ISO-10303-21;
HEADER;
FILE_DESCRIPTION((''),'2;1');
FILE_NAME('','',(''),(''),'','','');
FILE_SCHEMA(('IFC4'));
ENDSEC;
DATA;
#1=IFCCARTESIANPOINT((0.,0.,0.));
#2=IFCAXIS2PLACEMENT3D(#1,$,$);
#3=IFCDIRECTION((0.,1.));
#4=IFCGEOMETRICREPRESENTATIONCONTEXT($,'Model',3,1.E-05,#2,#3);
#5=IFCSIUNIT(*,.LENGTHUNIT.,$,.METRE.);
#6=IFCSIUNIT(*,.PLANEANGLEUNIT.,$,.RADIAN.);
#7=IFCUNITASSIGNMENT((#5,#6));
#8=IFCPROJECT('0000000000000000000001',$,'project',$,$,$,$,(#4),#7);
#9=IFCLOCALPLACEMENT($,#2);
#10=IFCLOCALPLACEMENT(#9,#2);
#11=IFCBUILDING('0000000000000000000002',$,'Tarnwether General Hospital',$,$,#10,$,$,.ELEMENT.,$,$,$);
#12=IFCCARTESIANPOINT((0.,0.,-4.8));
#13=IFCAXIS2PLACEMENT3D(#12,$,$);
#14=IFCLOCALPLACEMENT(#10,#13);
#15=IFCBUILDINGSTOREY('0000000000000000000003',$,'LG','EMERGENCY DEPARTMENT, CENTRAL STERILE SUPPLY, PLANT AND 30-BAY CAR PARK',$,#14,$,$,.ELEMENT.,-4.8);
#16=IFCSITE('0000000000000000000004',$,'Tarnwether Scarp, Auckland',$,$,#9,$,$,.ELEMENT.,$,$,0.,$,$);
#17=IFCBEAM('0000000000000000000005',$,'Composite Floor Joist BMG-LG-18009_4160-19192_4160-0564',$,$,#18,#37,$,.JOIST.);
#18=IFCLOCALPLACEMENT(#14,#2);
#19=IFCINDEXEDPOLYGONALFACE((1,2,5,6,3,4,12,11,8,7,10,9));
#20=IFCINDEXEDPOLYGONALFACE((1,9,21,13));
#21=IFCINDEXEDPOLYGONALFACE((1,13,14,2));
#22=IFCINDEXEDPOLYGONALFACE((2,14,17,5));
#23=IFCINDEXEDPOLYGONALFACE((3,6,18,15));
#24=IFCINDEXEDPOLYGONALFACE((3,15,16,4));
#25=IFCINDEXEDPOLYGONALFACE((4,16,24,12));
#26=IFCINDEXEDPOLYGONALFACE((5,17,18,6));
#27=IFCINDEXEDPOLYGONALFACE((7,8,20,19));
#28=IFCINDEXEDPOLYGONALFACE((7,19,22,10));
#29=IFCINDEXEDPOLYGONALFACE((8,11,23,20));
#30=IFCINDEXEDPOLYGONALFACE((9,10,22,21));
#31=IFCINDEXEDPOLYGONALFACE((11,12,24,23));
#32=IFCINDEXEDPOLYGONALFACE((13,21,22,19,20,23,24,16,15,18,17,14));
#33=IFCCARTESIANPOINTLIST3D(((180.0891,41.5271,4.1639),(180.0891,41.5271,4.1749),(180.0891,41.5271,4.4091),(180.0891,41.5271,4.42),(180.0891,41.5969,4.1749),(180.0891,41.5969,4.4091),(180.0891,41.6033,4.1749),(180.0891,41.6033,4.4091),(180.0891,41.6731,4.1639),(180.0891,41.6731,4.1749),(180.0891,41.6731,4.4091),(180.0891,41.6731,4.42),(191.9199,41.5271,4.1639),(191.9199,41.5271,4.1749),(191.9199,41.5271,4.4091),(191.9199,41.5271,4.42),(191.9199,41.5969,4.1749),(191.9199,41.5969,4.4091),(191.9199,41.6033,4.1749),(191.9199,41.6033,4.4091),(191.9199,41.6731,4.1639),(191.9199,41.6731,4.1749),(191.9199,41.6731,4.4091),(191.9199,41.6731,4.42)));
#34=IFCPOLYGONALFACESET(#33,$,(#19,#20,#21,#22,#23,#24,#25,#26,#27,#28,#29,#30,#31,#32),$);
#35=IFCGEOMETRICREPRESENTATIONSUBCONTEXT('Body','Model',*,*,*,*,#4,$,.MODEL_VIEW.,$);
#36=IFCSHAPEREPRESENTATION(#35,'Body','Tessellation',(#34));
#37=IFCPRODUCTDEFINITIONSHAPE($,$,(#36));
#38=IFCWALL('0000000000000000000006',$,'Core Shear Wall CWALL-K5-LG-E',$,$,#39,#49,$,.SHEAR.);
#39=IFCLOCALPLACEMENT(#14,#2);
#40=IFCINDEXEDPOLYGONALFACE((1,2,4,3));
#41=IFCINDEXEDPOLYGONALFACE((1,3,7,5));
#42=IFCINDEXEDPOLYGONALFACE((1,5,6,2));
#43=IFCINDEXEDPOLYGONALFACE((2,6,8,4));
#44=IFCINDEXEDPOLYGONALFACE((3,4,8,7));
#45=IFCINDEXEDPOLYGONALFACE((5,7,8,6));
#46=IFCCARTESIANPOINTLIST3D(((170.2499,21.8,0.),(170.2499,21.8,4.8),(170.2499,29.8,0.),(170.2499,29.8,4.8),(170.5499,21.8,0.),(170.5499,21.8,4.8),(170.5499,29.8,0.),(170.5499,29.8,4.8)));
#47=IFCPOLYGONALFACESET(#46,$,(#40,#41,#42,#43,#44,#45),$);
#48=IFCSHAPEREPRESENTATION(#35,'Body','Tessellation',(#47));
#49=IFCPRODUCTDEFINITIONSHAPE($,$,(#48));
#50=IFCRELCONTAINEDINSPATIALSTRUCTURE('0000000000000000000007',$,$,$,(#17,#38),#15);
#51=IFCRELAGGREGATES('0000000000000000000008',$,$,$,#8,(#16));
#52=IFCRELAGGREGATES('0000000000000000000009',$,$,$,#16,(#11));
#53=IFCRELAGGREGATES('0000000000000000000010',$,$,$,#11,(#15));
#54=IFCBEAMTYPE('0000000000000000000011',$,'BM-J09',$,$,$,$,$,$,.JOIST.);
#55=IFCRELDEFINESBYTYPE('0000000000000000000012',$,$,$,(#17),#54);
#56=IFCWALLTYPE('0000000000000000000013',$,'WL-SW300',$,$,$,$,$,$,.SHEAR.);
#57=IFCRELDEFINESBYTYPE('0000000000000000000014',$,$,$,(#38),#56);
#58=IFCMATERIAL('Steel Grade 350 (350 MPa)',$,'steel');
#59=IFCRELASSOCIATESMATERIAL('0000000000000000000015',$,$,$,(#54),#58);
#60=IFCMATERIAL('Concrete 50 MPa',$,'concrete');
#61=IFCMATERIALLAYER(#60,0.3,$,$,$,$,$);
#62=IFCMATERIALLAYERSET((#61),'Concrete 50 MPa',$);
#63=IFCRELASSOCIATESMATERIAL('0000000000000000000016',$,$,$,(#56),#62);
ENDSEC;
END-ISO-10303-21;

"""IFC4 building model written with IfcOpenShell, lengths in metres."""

from ifc_helpers import new_model, si_unit, direction, frame, frame_2d, origin, origin_2d, place, context, subcontext, project, spatial, rectangle, i_section, extrude, material, layer, layer_set, material_profile, profile_set, type_object, element, save


model = new_model("IFC4")

# Units and contexts
model_context = context("Model", 3, precision=1e-05, world=origin(), true_north=direction((0.0, 1.0)))
body_context = subcontext(model_context, "Body", "Model", "MODEL_VIEW")
ifc_project = project(units=[si_unit("LENGTHUNIT", "METRE"), si_unit("PLANEANGLEUNIT", "RADIAN")], contexts=[model_context])

# Site, building, storey
site_placement = place(None, origin())
site = spatial("IfcSite", under=ifc_project, at=site_placement, Name="Tarnwether Scarp, Auckland", CompositionType="ELEMENT", RefElevation=0.0)
building_placement = place(site_placement, origin())
building = spatial("IfcBuilding", under=site, at=building_placement, Name="Tarnwether General Hospital", CompositionType="ELEMENT")
storey_placement = place(building_placement, frame((0.0, 0.0, -4.8)))
storey = spatial("IfcBuildingStorey", under=building, at=storey_placement, Name="LG", Description="EMERGENCY DEPARTMENT, CENTRAL STERILE SUPPLY, PLANT AND 30-BAY CAR PARK", CompositionType="ELEMENT", Elevation=-4.8)

# Beam
ifc_material_1 = material(Name="Steel Grade 350 (350 MPa)", Category="steel")
ifc_material_profile_1 = material_profile(ifc_material_1, i_section(OverallWidth=0.146, OverallDepth=0.2561, WebThickness=0.0063, FlangeThickness=0.011, at=origin_2d()), Name="250UB37.3")
ifc_profile_set_1 = profile_set([ifc_material_profile_1], Name="Steel Grade 350 (350 MPa)")
beam_type_1 = type_object("IfcBeamType", Name="BM-J09", PredefinedType="JOIST", material=ifc_profile_set_1)
beam_1_placement = place(storey_placement, frame((180.0891, 41.6001, 4.292), z_axis=(1.0, 0.0, 0.0), x_axis=(0.0, 1.0, 0.0)))
element("IfcBeam", 1, at=beam_1_placement, inside=storey, type_object=beam_type_1, Name="Composite Floor Joist BMG-LG-18009_4160-19192_4160-0564", PredefinedType="JOIST", context=body_context, shape_type="SweptSolid", body=[
    extrude(i_section(OverallWidth=0.146, OverallDepth=0.2561, WebThickness=0.0063, FlangeThickness=0.011, at=origin_2d()), origin(), (0.0, 0.0, 1.0), 11.8308),
])

# Wall
ifc_material_2 = material(Name="Concrete 50 MPa", Category="concrete")
ifc_layer = layer(ifc_material_2, 0.3)
ifc_layer_set = layer_set([ifc_layer], Name="Concrete 50 MPa")
wall_type = type_object("IfcWallType", Name="WL-SW300", PredefinedType="SHEAR", material=ifc_layer_set)
wall_placement = place(storey_placement, frame((170.3999, 29.8, 0.0), z_axis=(0.0, 0.0, 1.0), x_axis=(0.0, -1.0, 0.0)))
element("IfcWall", 2, at=wall_placement, inside=storey, type_object=wall_type, Name="Core Shear Wall CWALL-K5-LG-E", PredefinedType="SHEAR", context=body_context, shape_type="SweptSolid", body=[
    extrude(rectangle(XDim=8.0, YDim=0.3, at=frame_2d((4.0, 0.0))), origin(), (0.0, 0.0, 1.0), 4.8),
])

save(model, "model.ifc")
